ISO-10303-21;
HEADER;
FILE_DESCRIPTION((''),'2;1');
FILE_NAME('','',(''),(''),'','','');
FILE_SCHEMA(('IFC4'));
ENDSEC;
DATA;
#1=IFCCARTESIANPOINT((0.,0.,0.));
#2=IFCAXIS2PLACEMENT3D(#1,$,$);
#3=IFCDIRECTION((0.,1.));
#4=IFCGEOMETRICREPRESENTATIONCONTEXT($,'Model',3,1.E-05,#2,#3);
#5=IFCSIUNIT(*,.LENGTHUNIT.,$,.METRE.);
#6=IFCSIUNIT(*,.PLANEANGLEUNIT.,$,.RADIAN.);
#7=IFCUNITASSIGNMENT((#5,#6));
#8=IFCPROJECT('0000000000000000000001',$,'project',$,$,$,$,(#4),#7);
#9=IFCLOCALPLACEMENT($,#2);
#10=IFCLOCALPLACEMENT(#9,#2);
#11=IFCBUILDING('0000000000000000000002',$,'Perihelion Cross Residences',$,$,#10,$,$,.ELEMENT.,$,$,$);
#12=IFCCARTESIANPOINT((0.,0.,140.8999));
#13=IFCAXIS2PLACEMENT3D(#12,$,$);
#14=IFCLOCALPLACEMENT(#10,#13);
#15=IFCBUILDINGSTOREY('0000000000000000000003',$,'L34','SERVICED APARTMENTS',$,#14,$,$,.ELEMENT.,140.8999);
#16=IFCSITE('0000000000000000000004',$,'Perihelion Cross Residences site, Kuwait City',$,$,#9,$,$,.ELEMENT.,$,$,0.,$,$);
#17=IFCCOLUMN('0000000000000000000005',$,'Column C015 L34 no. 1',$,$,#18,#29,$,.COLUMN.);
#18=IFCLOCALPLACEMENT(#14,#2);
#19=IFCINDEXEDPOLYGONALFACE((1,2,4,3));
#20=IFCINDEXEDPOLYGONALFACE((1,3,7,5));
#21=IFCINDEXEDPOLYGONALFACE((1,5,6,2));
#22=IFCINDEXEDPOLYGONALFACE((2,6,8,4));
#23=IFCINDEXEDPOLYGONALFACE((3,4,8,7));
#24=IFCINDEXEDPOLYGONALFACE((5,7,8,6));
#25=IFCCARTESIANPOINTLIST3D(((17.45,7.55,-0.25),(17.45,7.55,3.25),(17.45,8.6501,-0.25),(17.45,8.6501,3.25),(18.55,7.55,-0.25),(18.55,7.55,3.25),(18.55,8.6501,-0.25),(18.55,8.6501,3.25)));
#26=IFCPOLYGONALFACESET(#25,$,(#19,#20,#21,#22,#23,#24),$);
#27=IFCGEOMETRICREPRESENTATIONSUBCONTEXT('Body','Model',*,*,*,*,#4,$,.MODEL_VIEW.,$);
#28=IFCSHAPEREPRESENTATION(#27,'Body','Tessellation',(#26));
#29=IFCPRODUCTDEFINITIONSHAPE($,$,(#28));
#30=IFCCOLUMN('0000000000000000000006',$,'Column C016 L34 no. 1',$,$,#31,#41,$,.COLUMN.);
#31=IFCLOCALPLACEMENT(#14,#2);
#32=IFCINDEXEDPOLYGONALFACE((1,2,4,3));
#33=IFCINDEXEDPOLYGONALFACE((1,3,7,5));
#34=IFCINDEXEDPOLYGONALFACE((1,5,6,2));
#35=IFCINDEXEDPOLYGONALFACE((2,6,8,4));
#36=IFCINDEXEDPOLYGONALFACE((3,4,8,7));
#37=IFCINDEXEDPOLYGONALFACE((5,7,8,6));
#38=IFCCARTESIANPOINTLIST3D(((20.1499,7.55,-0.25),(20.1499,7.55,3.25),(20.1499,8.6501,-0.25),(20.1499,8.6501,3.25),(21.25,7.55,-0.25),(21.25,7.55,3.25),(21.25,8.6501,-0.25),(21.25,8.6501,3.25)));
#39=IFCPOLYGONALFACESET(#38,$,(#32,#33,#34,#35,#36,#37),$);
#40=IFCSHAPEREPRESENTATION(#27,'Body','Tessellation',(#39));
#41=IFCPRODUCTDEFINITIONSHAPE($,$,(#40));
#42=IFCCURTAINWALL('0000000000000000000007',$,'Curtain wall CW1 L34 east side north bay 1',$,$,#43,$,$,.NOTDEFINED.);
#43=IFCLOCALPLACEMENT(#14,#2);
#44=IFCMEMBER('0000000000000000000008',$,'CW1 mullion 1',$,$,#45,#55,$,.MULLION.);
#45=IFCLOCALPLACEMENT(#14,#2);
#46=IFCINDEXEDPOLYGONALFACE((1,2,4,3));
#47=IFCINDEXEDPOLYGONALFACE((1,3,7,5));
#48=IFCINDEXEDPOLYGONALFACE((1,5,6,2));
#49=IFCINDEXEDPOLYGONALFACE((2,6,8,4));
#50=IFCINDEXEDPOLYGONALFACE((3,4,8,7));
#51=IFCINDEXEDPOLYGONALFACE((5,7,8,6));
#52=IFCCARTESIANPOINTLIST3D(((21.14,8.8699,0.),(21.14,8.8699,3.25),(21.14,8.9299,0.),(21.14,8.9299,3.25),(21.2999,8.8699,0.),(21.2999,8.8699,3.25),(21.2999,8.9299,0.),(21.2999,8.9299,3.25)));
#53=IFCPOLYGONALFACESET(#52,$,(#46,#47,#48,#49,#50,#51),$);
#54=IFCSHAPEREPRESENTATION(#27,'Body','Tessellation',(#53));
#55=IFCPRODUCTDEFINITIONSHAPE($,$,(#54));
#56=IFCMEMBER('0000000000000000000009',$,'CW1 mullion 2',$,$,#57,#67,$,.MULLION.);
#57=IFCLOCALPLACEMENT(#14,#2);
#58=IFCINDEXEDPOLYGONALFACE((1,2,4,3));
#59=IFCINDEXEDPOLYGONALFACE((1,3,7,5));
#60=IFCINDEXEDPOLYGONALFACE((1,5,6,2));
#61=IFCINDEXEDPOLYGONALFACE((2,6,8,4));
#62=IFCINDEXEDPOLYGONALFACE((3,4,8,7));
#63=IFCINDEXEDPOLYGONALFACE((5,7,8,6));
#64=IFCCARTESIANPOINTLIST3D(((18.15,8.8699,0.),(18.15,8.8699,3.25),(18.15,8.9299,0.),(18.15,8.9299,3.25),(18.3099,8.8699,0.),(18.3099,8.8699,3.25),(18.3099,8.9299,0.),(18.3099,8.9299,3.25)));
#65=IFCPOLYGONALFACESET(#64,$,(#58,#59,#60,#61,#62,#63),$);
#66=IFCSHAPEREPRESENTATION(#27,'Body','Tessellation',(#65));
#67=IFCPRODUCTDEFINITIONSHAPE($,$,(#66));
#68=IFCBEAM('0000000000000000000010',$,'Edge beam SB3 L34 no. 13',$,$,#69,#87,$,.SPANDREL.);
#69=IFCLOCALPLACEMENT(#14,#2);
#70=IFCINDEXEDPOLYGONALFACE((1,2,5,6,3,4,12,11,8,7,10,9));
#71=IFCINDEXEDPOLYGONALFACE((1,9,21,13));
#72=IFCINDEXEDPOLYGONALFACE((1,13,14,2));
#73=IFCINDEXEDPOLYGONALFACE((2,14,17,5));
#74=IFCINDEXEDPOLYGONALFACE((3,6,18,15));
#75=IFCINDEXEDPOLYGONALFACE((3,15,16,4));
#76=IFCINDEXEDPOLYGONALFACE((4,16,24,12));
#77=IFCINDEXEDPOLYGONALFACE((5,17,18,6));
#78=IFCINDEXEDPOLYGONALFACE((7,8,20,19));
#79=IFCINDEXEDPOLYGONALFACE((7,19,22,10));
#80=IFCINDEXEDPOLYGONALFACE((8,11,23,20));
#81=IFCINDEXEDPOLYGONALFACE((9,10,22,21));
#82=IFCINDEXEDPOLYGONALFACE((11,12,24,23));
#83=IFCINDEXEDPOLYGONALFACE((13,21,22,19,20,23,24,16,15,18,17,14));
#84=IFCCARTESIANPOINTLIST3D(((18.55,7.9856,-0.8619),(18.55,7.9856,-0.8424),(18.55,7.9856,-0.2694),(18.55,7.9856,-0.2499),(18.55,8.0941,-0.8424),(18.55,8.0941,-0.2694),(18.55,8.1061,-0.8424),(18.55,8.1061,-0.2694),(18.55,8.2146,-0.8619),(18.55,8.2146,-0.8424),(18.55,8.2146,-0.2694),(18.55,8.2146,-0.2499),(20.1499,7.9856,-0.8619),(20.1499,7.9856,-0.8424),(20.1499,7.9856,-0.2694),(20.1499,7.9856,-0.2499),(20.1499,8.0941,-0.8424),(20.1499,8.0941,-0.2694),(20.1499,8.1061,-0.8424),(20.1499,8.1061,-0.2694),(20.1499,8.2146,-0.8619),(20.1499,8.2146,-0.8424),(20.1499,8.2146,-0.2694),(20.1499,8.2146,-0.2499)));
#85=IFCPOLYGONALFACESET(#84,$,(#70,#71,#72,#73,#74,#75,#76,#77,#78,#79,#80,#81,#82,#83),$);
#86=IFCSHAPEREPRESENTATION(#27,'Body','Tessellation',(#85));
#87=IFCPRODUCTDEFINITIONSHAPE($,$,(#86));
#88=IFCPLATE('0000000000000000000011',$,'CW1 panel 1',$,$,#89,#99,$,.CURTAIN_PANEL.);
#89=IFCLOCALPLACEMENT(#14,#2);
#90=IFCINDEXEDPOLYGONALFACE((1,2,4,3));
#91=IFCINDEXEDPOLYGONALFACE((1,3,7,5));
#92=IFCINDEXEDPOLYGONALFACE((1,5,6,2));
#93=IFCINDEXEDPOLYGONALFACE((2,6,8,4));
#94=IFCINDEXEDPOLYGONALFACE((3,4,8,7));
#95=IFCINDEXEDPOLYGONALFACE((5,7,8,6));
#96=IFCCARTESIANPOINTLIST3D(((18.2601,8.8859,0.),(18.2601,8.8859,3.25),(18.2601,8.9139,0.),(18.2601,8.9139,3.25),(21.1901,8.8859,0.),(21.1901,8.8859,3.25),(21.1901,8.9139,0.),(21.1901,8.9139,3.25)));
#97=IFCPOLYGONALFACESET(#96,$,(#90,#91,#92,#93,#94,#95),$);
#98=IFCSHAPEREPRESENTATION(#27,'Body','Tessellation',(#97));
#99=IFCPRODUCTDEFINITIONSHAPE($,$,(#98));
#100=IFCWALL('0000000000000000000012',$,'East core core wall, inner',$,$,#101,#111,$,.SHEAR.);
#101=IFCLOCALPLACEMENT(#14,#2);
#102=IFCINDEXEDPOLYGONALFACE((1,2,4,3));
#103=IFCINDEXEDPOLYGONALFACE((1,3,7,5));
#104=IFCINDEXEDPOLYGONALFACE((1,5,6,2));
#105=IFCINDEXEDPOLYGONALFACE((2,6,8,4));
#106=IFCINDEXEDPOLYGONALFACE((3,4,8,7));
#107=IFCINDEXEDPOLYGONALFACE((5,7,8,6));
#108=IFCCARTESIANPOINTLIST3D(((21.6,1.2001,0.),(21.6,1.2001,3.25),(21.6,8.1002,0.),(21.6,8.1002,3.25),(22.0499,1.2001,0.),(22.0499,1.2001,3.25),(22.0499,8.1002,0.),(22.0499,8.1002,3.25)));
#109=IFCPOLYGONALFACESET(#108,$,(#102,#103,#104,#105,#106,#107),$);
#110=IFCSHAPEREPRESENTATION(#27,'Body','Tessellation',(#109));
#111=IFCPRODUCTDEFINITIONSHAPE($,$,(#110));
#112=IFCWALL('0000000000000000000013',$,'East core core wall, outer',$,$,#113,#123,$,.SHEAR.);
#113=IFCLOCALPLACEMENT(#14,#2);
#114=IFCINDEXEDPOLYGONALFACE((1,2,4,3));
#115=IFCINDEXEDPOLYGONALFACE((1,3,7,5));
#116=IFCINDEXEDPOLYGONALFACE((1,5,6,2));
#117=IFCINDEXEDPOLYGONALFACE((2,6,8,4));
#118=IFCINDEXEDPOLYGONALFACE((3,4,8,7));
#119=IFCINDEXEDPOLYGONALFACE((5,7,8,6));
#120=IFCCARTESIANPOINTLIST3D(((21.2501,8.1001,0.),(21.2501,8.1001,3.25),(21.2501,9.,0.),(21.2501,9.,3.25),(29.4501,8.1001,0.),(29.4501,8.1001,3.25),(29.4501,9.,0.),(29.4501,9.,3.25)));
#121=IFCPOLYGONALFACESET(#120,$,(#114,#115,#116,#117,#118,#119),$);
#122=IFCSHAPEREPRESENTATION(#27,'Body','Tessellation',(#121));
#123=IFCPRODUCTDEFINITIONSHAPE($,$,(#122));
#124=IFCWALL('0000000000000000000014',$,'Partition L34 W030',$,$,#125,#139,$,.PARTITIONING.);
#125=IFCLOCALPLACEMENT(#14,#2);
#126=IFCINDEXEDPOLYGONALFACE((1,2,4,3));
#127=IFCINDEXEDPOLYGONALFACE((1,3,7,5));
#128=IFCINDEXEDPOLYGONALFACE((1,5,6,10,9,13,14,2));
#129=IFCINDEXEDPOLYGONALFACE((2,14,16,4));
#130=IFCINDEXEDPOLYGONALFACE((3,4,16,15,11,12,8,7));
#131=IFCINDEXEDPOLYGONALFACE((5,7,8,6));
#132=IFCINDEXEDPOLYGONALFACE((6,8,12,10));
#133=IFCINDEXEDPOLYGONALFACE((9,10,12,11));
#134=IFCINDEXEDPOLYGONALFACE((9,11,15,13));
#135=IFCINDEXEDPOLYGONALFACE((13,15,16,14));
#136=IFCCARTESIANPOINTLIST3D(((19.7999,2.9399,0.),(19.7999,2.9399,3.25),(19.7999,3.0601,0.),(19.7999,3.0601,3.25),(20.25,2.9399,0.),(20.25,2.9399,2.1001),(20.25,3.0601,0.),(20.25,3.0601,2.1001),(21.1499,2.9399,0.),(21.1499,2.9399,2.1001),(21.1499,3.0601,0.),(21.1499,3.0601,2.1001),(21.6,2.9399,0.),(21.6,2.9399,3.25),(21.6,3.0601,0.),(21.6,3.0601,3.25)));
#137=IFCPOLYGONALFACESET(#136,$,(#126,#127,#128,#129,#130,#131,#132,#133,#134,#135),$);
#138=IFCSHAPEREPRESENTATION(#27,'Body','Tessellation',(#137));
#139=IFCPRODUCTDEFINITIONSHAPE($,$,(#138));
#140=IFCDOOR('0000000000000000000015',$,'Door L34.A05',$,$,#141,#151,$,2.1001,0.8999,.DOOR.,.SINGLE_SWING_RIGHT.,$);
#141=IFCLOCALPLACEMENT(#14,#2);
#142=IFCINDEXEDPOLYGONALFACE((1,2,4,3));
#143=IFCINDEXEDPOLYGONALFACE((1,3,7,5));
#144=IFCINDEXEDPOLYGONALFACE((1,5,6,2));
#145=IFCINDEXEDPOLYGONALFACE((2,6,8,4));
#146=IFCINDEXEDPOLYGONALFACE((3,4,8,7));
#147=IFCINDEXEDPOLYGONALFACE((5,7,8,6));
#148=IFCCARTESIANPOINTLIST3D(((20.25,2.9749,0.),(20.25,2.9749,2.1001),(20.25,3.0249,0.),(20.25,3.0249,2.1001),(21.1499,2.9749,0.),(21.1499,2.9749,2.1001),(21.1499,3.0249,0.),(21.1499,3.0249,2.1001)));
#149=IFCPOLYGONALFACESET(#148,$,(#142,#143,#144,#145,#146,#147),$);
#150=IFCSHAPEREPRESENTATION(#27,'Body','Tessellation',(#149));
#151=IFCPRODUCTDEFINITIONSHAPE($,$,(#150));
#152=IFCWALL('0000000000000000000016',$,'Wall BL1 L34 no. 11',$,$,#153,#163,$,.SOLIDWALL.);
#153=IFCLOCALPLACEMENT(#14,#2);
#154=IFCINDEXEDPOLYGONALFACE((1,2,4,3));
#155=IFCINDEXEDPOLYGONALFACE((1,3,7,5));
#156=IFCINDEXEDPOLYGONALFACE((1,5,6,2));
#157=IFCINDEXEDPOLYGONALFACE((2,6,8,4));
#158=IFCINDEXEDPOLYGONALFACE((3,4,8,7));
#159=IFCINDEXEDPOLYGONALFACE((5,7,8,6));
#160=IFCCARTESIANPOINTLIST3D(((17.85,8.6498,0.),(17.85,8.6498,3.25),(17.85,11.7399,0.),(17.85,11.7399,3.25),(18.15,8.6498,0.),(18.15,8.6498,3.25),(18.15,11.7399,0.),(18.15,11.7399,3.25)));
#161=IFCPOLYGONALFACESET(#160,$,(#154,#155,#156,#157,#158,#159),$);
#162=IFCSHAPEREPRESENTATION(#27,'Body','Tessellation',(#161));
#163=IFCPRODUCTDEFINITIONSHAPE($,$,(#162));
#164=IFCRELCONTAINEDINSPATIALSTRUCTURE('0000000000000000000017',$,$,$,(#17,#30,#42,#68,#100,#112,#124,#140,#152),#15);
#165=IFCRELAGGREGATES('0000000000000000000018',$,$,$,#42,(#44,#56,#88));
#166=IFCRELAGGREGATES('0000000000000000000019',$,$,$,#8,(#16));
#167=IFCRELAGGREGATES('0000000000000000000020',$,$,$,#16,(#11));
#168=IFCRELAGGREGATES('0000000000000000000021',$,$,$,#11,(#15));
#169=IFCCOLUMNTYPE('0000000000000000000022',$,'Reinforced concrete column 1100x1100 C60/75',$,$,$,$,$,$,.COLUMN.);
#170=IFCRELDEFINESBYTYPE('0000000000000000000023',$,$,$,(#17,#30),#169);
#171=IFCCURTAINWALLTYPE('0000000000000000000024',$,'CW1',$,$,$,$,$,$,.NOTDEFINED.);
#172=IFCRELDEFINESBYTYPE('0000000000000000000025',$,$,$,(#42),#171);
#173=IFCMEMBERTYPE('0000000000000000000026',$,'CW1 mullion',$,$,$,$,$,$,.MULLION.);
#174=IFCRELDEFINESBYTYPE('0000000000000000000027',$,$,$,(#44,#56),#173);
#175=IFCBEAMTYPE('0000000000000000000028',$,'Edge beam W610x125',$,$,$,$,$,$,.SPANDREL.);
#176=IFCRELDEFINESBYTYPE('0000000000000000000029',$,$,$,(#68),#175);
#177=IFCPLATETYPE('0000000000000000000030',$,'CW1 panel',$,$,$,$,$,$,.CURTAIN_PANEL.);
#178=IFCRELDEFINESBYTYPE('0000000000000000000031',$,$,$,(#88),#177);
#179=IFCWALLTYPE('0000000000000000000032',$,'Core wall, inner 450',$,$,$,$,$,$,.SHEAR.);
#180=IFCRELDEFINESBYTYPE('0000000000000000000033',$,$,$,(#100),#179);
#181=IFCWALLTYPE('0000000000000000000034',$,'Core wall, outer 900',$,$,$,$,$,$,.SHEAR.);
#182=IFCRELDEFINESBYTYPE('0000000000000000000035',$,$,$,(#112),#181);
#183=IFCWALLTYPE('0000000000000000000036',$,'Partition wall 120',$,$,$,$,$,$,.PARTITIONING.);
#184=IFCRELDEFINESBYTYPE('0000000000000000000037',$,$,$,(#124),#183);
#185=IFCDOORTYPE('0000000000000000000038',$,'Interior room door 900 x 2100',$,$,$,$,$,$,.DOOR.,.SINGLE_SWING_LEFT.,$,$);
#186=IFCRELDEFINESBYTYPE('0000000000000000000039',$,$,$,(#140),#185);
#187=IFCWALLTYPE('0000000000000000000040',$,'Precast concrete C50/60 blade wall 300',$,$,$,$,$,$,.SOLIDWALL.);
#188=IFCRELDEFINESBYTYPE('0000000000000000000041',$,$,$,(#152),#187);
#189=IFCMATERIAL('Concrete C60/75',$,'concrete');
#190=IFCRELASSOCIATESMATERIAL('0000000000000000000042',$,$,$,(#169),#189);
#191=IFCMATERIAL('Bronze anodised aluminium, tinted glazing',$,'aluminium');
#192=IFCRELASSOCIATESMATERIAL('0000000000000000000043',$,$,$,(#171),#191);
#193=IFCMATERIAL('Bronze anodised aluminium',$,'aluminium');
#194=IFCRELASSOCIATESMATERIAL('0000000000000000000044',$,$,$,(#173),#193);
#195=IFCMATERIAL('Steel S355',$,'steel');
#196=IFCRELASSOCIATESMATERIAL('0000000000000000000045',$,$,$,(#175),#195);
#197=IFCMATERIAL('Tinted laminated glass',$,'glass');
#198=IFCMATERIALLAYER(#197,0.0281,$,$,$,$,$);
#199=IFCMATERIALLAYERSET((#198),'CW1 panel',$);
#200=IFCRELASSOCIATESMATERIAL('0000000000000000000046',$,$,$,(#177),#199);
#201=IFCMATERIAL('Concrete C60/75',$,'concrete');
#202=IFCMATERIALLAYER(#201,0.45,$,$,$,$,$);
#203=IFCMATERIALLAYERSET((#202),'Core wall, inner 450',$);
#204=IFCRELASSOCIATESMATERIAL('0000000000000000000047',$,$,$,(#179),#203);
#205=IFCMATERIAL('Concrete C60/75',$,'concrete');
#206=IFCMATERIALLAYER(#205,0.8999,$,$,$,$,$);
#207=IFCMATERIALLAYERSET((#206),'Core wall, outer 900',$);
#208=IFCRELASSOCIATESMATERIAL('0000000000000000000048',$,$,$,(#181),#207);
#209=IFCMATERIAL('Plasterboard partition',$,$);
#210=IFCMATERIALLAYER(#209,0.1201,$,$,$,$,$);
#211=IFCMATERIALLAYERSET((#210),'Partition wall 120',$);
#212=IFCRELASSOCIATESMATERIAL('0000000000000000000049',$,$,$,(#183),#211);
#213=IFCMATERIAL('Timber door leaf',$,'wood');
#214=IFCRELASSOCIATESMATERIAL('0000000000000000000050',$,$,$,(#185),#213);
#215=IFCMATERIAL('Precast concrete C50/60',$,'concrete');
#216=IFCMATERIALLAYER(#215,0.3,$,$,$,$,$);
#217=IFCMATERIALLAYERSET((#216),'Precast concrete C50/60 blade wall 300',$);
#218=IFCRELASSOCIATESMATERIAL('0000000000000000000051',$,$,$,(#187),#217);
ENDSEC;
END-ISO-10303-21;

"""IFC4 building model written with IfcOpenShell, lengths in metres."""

from ifc_helpers import new_model, si_unit, direction, frame, frame_2d, origin, origin_2d, place, context, subcontext, project, spatial, rectangle, i_section, extrude, material, layer, layer_set, material_profile, profile_set, type_object, element, fill, aggregate, save


model = new_model("IFC4")

# Units and contexts
model_context = context("Model", 3, precision=1e-05, world=origin(), true_north=direction((0.0, 1.0)))
body_context = subcontext(model_context, "Body", "Model", "MODEL_VIEW")
ifc_project = project(units=[si_unit("LENGTHUNIT", "METRE"), si_unit("PLANEANGLEUNIT", "RADIAN")], contexts=[model_context])

# Site, building, storey
site_placement = place(None, origin())
site = spatial("IfcSite", under=ifc_project, at=site_placement, Name="Perihelion Cross Residences site, Kuwait City", CompositionType="ELEMENT", RefElevation=0.0)
building_placement = place(site_placement, origin())
building = spatial("IfcBuilding", under=site, at=building_placement, Name="Perihelion Cross Residences", CompositionType="ELEMENT")
storey_placement = place(building_placement, frame((0.0, 0.0, 140.8999)))
storey = spatial("IfcBuildingStorey", under=building, at=storey_placement, Name="L34", Description="SERVICED APARTMENTS", CompositionType="ELEMENT", Elevation=140.8999)

# Columns
ifc_material_1 = material(Name="Concrete C60/75", Category="concrete")
ifc_material_profile_1 = material_profile(ifc_material_1, rectangle(XDim=1.1001, YDim=1.1001, at=origin_2d()), Name="RC 1100x1100")
ifc_profile_set_1 = profile_set([ifc_material_profile_1], Name="Concrete C60/75")
column_type = type_object("IfcColumnType", Name="Reinforced concrete column 1100x1100 C60/75", PredefinedType="COLUMN", material=ifc_profile_set_1)
for number, where, z_axis, x_axis, name in (
    (1, (18.0, 8.1001, -0.25), (0.0, 0.0, 1.0), (1.0, 0.0, 0.0), "Column C015 L34 no. 1"),
    (2, (20.7, 8.1001, -0.25), (0.0, 0.0, 1.0), (1.0, 0.0, 0.0), "Column C016 L34 no. 1"),
):
    element("IfcColumn", number, at=place(storey_placement, frame(where, z_axis=z_axis, x_axis=x_axis)), inside=storey, type_object=column_type, Name=name, PredefinedType="COLUMN", context=body_context, shape_type="SweptSolid", body=[
        extrude(rectangle(XDim=1.1001, YDim=1.1001, at=origin_2d()), origin(), (0.0, 0.0, 1.0), 3.5),
    ])

# Curtain wall, members
ifc_material_2 = material(Name="Bronze anodised aluminium, tinted glazing", Category="aluminium")
curtain_wall_type = type_object("IfcCurtainWallType", Name="CW1", PredefinedType="NOTDEFINED", material=ifc_material_2)
curtain_wall_placement = place(storey_placement, origin())
curtain_wall = element("IfcCurtainWall", 3, at=curtain_wall_placement, inside=storey, type_object=curtain_wall_type, Name="Curtain wall CW1 L34 east side north bay 1", PredefinedType="NOTDEFINED")
ifc_material_3 = material(Name="Bronze anodised aluminium", Category="aluminium")
ifc_material_profile_2 = material_profile(ifc_material_3, rectangle(XDim=0.0601, YDim=0.1599, at=origin_2d()), Name="CW1 mullion")
ifc_profile_set_2 = profile_set([ifc_material_profile_2], Name="Bronze anodised aluminium")
member_type = type_object("IfcMemberType", Name="CW1 mullion", PredefinedType="MULLION", material=ifc_profile_set_2)
member_1_placement = place(storey_placement, frame((21.22, 8.8999, 0.0), z_axis=(0.0, 0.0, 1.0), x_axis=(0.0, -1.0, 0.0)))
member_1 = element("IfcMember", 4, at=member_1_placement, type_object=member_type, Name="CW1 mullion 1", PredefinedType="MULLION", context=body_context, shape_type="SweptSolid", body=[
    extrude(rectangle(XDim=0.0601, YDim=0.1599, at=origin_2d()), origin(), (0.0, 0.0, 1.0), 3.25),
])
member_2_placement = place(storey_placement, frame((18.23, 8.8999, 0.0), z_axis=(0.0, 0.0, 1.0), x_axis=(0.0, -1.0, 0.0)))
member_2 = element("IfcMember", 5, at=member_2_placement, type_object=member_type, Name="CW1 mullion 2", PredefinedType="MULLION", context=body_context, shape_type="SweptSolid", body=[
    extrude(rectangle(XDim=0.0601, YDim=0.1599, at=origin_2d()), origin(), (0.0, 0.0, 1.0), 3.25),
])

# Beam
ifc_material_4 = material(Name="Steel S355", Category="steel")
ifc_material_profile_3 = material_profile(ifc_material_4, i_section(OverallWidth=0.229, OverallDepth=0.6121, WebThickness=0.012, FlangeThickness=0.0195, at=origin_2d()), Name="W610x125")
ifc_profile_set_3 = profile_set([ifc_material_profile_3], Name="Steel S355")
beam_type = type_object("IfcBeamType", Name="Edge beam W610x125", PredefinedType="SPANDREL", material=ifc_profile_set_3)
beam_placement = place(storey_placement, frame((20.1499, 8.1001, -0.5559), z_axis=(-1.0, 0.0, 0.0), x_axis=(0.0, -1.0, 0.0)))
element("IfcBeam", 6, at=beam_placement, inside=storey, type_object=beam_type, Name="Edge beam SB3 L34 no. 13", PredefinedType="SPANDREL", context=body_context, shape_type="SweptSolid", body=[
    extrude(i_section(OverallWidth=0.229, OverallDepth=0.6121, WebThickness=0.012, FlangeThickness=0.0195, at=origin_2d()), origin(), (0.0, 0.0, 1.0), 1.5999),
])

# Plate
ifc_material_5 = material(Name="Tinted laminated glass", Category="glass")
ifc_layer_1 = layer(ifc_material_5, 0.0281)
ifc_layer_set_1 = layer_set([ifc_layer_1], Name="CW1 panel")
plate_type = type_object("IfcPlateType", Name="CW1 panel", PredefinedType="CURTAIN_PANEL", material=ifc_layer_set_1)
plate_placement = place(storey_placement, frame((19.7251, 8.8999, 0.0), z_axis=(0.0, 0.0, 1.0), x_axis=(-1.0, 0.0, 0.0)))
plate = element("IfcPlate", 7, at=plate_placement, type_object=plate_type, Name="CW1 panel 1", PredefinedType="CURTAIN_PANEL", context=body_context, shape_type="SweptSolid", body=[
    extrude(rectangle(XDim=2.9299, YDim=0.0281, at=origin_2d()), origin(), (0.0, 0.0, 1.0), 3.25),
])
aggregate(curtain_wall, [member_1, member_2, plate])

# Walls
ifc_material_6 = material(Name="Concrete C60/75", Category="concrete")
ifc_layer_2 = layer(ifc_material_6, 0.45)
ifc_layer_set_2 = layer_set([ifc_layer_2], Name="Core wall, inner 450")
wall_type_1 = type_object("IfcWallType", Name="Core wall, inner 450", PredefinedType="SHEAR", material=ifc_layer_set_2)
wall_1_placement = place(storey_placement, frame((21.825, 1.2, 0.0), z_axis=(0.0, 0.0, 1.0), x_axis=(0.0, 1.0, 0.0)))
element("IfcWall", 8, at=wall_1_placement, inside=storey, type_object=wall_type_1, Name="East core core wall, inner", PredefinedType="SHEAR", context=body_context, shape_type="SweptSolid", body=[
    extrude(rectangle(XDim=6.9001, YDim=0.45, at=frame_2d((3.4502, 0.0))), origin(), (0.0, 0.0, 1.0), 3.25),
])
ifc_material_7 = material(Name="Concrete C60/75", Category="concrete")
ifc_layer_3 = layer(ifc_material_7, 0.8999)
ifc_layer_set_3 = layer_set([ifc_layer_3], Name="Core wall, outer 900")
wall_type_2 = type_object("IfcWallType", Name="Core wall, outer 900", PredefinedType="SHEAR", material=ifc_layer_set_3)
wall_2_placement = place(storey_placement, frame((21.25, 8.55, 0.0), z_axis=(0.0, 0.0, 1.0), x_axis=(1.0, 0.0, 0.0)))
element("IfcWall", 9, at=wall_2_placement, inside=storey, type_object=wall_type_2, Name="East core core wall, outer", PredefinedType="SHEAR", context=body_context, shape_type="SweptSolid", body=[
    extrude(rectangle(XDim=8.2, YDim=0.8999, at=frame_2d((4.1001, 0.0))), origin(), (0.0, 0.0, 1.0), 3.25),
])

# Wall, opening, door
ifc_material_8 = material(Name="Plasterboard partition")
ifc_layer_4 = layer(ifc_material_8, 0.1201)
ifc_layer_set_4 = layer_set([ifc_layer_4], Name="Partition wall 120")
wall_type_3 = type_object("IfcWallType", Name="Partition wall 120", PredefinedType="PARTITIONING", material=ifc_layer_set_4)
wall_3_placement = place(storey_placement, frame((19.8, 3.0, 0.0), z_axis=(0.0, 0.0, 1.0), x_axis=(1.0, 0.0, 0.0)))
wall_3 = element("IfcWall", 10, at=wall_3_placement, inside=storey, type_object=wall_type_3, Name="Partition L34 W030", PredefinedType="PARTITIONING", context=body_context, shape_type="SweptSolid", body=[
    extrude(rectangle(XDim=1.8, YDim=0.1201, at=frame_2d((0.8999, 0.0))), origin(), (0.0, 0.0, 1.0), 3.25),
])
opening_1_placement = place(wall_3_placement, frame((0.45, 0.0, 0.0)))
opening_1 = element("IfcOpeningElement", 11, at=opening_1_placement, cuts=wall_3, PredefinedType="OPENING", context=body_context, shape_type="SweptSolid", body=[
    extrude(rectangle(XDim=0.8999, YDim=2.1001, at=frame_2d((0.45, 1.05))), frame((0.0, 0.0701, 0.0), z_axis=(0.0, -1.0, 0.0), x_axis=(1.0, 0.0, 0.0)), (0.0, 0.0, 1.0), 0.1401),
])
ifc_material_9 = material(Name="Timber door leaf", Category="wood")
door_type_1 = type_object("IfcDoorType", Name="Interior room door 900 x 2100", OperationType="SINGLE_SWING_LEFT", PredefinedType="DOOR", material=ifc_material_9)
door_1_placement = place(opening_1_placement, origin())
door_1 = element("IfcDoor", 12, at=door_1_placement, inside=storey, type_object=door_type_1, Name="Door L34.A05", OperationType="SINGLE_SWING_RIGHT", OverallHeight=2.1001, OverallWidth=0.8999, PredefinedType="DOOR", context=body_context, shape_type="SweptSolid", body=[
    extrude(rectangle(XDim=0.8999, YDim=2.1001, at=frame_2d((0.45, 1.05))), frame((0.0, 0.0249, 0.0), z_axis=(0.0, -1.0, 0.0), x_axis=(1.0, 0.0, 0.0)), (0.0, 0.0, 1.0), 0.05),
])
fill(opening_1, door_1)

# Wall
ifc_material_10 = material(Name="Precast concrete C50/60", Category="concrete")
ifc_layer_5 = layer(ifc_material_10, 0.3)
ifc_layer_set_5 = layer_set([ifc_layer_5], Name="Precast concrete C50/60 blade wall 300")
wall_type_4 = type_object("IfcWallType", Name="Precast concrete C50/60 blade wall 300", PredefinedType="SOLIDWALL", material=ifc_layer_set_5)
wall_4_placement = place(storey_placement, frame((18.0, 8.6499, 0.0), z_axis=(0.0, 0.0, 1.0), x_axis=(0.0, 1.0, 0.0)))
element("IfcWall", 13, at=wall_4_placement, inside=storey, type_object=wall_type_4, Name="Wall BL1 L34 no. 11", PredefinedType="SOLIDWALL", context=body_context, shape_type="SweptSolid", body=[
    extrude(rectangle(XDim=3.0901, YDim=0.3, at=frame_2d((1.5449, 0.0))), origin(), (0.0, 0.0, 1.0), 3.25),
])

save(model, "model.ifc")
